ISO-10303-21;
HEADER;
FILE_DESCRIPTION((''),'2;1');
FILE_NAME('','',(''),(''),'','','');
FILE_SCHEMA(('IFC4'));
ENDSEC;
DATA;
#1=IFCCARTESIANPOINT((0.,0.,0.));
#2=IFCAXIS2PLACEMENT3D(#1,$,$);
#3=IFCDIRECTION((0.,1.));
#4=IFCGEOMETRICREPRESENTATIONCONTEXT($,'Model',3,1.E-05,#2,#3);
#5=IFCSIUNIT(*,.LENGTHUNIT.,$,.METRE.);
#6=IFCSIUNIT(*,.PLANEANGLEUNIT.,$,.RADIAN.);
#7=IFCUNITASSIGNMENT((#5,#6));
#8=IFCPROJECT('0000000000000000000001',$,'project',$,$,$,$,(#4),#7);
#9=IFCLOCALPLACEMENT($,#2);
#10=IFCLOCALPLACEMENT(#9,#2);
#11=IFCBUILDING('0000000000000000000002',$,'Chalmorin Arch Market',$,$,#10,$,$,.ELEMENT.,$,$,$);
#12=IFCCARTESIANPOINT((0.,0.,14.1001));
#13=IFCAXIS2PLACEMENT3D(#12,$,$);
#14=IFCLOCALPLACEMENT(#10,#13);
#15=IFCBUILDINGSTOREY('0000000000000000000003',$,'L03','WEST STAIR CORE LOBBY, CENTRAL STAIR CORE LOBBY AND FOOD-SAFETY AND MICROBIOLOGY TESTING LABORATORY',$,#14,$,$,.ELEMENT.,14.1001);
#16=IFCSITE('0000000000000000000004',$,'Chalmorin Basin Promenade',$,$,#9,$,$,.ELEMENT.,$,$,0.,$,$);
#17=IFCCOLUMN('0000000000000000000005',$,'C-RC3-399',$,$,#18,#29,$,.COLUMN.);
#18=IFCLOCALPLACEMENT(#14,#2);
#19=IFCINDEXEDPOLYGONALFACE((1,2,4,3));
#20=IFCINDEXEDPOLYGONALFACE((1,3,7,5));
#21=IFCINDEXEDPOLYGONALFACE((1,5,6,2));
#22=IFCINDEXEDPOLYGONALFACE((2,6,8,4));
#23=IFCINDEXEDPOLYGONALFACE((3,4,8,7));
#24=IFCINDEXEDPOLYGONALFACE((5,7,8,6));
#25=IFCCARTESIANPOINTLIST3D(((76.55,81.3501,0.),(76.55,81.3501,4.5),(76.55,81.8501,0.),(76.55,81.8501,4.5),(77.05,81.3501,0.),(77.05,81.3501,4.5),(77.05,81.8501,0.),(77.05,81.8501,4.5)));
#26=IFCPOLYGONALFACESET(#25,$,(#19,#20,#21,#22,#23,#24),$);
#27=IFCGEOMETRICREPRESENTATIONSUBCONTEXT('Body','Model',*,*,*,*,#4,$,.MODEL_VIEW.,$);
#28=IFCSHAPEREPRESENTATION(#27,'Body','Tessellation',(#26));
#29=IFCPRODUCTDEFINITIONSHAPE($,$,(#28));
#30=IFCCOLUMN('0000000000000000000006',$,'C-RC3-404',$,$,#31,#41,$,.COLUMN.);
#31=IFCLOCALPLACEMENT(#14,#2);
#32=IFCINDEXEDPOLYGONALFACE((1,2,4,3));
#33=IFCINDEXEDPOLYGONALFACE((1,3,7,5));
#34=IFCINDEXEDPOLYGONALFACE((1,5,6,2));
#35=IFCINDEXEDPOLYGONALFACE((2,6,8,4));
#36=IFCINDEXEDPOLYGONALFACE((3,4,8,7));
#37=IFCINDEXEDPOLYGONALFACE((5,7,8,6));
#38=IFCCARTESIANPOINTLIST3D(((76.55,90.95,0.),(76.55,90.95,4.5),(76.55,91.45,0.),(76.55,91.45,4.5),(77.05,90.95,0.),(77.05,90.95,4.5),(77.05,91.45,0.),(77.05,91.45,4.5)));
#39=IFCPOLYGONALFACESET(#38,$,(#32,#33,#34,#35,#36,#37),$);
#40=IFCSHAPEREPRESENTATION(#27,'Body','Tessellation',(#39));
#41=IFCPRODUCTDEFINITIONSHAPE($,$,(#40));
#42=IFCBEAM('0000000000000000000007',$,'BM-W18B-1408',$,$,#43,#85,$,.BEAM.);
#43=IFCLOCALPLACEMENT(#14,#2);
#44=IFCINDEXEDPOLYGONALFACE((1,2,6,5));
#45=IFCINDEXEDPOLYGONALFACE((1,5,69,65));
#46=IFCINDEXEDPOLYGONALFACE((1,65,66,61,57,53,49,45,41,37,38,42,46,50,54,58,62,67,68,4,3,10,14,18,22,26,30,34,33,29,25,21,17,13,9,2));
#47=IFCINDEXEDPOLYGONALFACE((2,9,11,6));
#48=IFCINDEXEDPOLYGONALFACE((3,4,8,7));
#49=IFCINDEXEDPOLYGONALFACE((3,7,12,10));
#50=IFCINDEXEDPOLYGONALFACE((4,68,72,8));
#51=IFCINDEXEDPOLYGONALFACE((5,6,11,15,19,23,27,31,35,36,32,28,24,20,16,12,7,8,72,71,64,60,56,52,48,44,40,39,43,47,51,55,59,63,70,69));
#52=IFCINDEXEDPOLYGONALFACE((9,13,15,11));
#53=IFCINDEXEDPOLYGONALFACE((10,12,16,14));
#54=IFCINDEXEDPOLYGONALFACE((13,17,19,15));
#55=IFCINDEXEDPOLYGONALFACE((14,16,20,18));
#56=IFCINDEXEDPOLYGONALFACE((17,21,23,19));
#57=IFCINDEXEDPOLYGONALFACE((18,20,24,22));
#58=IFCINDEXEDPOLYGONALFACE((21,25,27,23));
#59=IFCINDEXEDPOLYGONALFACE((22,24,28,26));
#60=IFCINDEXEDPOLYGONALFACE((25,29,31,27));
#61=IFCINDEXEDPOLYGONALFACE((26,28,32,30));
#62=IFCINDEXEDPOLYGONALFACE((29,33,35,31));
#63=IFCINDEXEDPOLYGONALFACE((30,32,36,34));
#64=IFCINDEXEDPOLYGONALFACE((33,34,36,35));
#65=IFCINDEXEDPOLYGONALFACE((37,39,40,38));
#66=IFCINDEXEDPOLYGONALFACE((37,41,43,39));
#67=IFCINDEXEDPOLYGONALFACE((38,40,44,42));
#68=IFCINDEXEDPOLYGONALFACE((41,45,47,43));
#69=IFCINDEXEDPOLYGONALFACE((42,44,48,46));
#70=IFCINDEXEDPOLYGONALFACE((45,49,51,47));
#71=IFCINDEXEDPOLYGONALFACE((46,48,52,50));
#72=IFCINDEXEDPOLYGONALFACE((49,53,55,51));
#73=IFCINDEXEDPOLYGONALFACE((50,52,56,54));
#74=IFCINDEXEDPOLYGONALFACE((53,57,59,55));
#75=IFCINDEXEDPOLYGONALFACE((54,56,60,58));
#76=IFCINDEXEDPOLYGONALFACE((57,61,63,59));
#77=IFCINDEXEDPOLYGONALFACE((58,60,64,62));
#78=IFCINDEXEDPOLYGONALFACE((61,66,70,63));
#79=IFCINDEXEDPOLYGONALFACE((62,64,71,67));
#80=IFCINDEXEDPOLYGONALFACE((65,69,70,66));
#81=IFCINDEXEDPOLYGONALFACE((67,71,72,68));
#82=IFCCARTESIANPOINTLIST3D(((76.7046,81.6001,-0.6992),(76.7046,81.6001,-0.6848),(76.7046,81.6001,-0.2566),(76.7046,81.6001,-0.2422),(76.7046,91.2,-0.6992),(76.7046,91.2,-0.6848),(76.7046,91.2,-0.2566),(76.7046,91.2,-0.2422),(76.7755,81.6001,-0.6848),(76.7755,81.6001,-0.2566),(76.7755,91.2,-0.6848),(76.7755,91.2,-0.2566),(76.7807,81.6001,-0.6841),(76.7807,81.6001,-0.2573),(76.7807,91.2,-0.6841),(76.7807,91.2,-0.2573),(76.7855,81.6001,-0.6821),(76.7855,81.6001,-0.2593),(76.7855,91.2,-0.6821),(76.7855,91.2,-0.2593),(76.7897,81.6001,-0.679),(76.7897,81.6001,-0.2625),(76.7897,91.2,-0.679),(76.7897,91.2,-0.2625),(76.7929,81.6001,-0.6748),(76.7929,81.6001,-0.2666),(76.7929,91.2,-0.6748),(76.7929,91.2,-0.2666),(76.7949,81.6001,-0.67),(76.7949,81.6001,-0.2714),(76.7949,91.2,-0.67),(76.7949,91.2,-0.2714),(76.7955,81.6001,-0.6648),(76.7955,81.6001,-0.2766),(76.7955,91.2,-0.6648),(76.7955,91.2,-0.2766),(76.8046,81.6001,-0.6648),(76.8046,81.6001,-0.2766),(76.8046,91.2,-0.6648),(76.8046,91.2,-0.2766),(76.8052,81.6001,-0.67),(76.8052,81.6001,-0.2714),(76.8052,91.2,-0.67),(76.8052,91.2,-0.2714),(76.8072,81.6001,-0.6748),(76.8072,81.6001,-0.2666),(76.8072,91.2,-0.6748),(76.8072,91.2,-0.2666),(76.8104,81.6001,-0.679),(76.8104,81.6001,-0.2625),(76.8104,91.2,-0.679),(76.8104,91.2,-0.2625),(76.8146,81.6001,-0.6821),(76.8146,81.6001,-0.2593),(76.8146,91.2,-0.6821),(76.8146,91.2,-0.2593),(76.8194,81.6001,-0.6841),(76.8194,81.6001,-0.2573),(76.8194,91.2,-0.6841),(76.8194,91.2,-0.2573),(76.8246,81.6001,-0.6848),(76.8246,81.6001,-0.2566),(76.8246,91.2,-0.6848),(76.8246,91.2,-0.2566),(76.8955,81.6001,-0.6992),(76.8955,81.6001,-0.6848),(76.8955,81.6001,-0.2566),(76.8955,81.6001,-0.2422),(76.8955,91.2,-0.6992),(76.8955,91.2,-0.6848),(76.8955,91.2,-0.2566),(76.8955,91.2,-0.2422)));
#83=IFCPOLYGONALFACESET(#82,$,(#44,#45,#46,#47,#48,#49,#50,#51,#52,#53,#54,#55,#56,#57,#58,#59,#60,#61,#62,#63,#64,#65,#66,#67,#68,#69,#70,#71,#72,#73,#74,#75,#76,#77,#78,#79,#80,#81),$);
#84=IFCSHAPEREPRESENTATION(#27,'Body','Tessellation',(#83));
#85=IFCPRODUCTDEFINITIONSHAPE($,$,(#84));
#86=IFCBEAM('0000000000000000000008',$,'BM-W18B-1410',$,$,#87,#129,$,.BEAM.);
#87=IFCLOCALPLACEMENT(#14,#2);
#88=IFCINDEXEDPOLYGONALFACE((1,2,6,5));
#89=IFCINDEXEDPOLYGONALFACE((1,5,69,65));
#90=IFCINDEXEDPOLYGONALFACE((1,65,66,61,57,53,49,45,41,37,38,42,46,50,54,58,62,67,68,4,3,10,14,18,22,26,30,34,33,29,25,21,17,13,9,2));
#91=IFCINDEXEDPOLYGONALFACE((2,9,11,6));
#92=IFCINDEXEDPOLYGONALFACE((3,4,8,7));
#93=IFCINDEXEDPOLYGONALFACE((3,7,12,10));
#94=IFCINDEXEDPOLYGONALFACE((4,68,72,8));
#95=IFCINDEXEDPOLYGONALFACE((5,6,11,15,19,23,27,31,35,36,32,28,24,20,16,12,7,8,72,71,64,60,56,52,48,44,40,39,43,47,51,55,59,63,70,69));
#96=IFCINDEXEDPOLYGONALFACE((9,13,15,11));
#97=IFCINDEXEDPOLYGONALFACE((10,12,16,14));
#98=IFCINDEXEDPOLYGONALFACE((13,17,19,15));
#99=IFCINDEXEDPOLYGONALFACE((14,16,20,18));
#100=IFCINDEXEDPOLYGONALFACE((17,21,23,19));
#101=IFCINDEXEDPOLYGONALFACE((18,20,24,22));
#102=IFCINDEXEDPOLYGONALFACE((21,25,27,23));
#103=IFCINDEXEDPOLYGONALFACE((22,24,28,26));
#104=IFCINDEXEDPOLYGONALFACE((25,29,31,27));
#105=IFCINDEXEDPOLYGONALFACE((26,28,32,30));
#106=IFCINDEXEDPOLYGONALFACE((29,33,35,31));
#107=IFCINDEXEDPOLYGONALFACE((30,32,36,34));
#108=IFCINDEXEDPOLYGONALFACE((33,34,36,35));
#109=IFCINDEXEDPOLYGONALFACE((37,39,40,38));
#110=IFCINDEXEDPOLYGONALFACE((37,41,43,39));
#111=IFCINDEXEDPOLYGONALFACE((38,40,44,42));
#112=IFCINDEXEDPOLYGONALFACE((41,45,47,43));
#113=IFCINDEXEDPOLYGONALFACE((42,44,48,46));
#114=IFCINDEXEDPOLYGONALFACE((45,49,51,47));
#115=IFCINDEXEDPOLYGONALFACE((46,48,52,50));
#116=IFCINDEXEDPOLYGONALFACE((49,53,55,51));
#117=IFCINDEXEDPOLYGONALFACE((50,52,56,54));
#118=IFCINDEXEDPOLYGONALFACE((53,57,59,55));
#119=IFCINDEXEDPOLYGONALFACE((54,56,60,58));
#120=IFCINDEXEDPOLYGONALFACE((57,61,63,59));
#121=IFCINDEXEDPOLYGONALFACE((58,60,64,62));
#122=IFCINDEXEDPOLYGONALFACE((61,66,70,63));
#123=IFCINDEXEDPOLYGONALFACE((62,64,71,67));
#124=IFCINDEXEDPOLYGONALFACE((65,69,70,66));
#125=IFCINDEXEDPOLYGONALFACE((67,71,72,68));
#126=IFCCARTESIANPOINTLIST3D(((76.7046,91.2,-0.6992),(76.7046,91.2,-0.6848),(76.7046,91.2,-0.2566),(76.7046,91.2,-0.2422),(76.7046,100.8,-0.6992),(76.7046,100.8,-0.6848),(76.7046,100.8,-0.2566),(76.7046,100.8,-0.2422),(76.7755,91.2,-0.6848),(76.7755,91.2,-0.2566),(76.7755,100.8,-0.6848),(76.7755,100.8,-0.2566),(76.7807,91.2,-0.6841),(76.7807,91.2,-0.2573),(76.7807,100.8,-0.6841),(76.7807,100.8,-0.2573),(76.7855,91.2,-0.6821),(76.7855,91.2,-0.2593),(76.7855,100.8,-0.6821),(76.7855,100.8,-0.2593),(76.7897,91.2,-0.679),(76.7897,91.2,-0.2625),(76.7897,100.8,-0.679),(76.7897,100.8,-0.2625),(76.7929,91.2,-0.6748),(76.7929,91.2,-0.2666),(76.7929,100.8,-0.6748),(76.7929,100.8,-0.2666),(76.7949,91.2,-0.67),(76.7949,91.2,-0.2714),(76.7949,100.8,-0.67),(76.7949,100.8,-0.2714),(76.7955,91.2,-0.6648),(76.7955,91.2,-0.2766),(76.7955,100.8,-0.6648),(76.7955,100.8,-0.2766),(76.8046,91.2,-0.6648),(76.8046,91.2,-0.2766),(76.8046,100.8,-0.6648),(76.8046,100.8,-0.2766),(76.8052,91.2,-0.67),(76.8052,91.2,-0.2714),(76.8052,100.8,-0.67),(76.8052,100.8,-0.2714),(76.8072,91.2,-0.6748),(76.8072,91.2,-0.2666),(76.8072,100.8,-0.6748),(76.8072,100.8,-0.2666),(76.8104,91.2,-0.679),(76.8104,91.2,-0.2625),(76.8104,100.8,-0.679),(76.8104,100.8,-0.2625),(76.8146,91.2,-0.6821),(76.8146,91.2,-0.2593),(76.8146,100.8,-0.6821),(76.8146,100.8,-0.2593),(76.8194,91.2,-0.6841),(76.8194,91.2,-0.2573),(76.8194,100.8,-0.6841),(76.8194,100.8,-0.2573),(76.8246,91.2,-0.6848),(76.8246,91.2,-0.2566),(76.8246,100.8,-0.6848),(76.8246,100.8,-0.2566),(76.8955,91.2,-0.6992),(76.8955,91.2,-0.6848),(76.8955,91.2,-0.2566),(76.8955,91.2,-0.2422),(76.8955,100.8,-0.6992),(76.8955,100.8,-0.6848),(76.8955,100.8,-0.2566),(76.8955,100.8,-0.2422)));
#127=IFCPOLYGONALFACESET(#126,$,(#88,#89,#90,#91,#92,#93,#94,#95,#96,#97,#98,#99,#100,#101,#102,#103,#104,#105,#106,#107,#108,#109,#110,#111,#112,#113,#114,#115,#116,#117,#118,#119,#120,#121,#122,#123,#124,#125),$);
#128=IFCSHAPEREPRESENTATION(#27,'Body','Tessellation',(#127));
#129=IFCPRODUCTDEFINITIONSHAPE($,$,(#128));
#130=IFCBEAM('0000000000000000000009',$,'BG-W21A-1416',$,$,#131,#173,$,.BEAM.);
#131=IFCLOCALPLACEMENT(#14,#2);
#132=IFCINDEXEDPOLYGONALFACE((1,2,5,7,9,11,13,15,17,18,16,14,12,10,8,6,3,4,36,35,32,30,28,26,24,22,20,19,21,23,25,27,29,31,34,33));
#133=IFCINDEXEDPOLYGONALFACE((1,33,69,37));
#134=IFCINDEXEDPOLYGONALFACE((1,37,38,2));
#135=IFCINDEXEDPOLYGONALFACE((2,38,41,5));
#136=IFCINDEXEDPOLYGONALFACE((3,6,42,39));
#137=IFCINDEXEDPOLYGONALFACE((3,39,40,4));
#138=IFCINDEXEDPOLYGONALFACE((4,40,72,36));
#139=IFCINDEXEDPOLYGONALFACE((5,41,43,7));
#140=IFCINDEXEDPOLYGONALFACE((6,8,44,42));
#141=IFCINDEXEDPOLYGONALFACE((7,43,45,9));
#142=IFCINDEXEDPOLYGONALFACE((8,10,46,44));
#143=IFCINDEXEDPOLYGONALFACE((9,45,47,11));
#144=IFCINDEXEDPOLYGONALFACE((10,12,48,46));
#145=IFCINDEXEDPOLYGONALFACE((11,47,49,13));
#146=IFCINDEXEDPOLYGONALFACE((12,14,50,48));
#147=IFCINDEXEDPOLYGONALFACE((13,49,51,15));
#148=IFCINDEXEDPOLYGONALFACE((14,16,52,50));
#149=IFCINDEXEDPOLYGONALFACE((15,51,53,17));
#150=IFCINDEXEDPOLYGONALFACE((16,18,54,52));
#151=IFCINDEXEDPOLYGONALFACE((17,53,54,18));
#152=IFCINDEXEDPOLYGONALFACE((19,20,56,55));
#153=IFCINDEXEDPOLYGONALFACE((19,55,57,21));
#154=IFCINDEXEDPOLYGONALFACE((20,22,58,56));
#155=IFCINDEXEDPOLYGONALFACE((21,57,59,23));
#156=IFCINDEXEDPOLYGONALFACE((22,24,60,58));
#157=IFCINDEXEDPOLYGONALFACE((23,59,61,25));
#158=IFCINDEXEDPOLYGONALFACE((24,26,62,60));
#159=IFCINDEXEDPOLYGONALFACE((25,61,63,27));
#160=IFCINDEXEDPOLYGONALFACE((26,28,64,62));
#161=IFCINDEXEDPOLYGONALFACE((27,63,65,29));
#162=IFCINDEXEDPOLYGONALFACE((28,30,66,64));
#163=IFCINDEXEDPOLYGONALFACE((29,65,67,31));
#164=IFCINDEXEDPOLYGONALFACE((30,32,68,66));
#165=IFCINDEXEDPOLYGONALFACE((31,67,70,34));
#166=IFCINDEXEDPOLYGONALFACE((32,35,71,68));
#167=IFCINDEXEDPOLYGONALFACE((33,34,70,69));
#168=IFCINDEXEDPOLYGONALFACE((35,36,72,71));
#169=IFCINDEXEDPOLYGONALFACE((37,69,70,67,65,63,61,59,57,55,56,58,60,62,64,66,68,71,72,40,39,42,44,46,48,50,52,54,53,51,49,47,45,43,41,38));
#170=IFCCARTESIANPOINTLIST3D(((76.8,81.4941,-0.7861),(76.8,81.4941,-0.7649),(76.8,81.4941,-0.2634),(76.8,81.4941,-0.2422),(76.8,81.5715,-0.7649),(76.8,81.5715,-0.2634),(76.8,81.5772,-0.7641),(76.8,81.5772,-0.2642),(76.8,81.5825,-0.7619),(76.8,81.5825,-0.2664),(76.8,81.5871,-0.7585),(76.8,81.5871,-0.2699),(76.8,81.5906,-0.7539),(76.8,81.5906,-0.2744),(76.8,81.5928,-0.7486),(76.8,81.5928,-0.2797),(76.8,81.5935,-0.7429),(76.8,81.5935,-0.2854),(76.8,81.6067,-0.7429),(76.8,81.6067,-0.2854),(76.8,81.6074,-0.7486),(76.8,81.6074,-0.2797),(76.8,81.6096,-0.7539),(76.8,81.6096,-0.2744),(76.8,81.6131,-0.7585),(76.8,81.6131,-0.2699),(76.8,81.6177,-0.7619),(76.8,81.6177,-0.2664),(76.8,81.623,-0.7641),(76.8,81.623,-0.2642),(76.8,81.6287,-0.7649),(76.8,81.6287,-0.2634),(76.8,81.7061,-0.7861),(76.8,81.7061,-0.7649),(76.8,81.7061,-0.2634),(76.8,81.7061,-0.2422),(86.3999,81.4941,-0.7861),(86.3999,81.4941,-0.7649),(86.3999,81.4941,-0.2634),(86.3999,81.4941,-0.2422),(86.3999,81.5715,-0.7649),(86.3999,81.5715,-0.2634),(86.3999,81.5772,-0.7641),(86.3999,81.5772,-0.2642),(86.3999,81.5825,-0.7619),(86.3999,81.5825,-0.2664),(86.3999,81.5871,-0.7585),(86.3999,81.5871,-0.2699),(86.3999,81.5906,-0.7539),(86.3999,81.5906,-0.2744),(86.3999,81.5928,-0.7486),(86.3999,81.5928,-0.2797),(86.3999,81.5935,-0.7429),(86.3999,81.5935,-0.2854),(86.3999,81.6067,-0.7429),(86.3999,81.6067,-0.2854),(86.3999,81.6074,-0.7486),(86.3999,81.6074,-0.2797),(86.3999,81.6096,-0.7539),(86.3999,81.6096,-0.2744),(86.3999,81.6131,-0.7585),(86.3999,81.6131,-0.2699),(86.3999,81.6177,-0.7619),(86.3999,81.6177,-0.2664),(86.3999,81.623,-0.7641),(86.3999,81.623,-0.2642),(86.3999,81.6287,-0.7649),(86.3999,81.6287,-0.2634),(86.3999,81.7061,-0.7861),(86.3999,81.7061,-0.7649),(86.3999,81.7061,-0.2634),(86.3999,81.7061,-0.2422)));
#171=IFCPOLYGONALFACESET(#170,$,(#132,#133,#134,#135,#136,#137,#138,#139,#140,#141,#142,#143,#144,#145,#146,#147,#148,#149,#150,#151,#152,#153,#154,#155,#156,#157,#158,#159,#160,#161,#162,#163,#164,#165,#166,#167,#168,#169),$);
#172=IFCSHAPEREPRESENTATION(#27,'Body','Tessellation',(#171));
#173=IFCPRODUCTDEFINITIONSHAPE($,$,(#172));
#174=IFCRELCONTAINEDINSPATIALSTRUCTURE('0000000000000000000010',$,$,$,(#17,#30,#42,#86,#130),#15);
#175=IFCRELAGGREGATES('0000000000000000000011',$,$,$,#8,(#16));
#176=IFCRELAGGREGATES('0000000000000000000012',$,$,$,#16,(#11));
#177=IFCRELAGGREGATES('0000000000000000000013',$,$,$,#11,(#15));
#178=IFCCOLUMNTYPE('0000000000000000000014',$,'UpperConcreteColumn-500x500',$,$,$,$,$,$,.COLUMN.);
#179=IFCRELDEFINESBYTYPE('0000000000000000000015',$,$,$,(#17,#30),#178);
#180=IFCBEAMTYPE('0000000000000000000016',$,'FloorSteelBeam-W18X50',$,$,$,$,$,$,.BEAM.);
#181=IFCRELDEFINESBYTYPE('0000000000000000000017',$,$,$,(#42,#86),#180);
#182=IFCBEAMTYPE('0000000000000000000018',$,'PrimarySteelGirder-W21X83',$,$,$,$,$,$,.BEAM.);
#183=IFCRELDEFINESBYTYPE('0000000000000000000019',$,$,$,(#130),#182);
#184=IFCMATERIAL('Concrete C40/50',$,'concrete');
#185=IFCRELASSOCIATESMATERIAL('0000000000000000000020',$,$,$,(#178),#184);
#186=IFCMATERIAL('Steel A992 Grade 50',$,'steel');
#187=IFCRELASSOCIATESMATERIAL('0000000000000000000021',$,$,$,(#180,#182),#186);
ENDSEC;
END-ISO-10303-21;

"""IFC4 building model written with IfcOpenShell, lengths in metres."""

from ifc_helpers import new_model, si_unit, direction, frame, origin, origin_2d, place, context, subcontext, project, spatial, rectangle, i_section, extrude, material, material_profile, profile_set, type_object, element, save


model = new_model("IFC4")

# Units and contexts
model_context = context("Model", 3, precision=1e-05, world=origin(), true_north=direction((0.0, 1.0)))
body_context = subcontext(model_context, "Body", "Model", "MODEL_VIEW")
ifc_project = project(units=[si_unit("LENGTHUNIT", "METRE"), si_unit("PLANEANGLEUNIT", "RADIAN")], contexts=[model_context])

# Site, building, storey
site_placement = place(None, origin())
site = spatial("IfcSite", under=ifc_project, at=site_placement, Name="Chalmorin Basin Promenade", CompositionType="ELEMENT", RefElevation=0.0)
building_placement = place(site_placement, origin())
building = spatial("IfcBuilding", under=site, at=building_placement, Name="Chalmorin Arch Market", CompositionType="ELEMENT")
storey_placement = place(building_placement, frame((0.0, 0.0, 14.1001)))
storey = spatial("IfcBuildingStorey", under=building, at=storey_placement, Name="L03", Description="WEST STAIR CORE LOBBY, CENTRAL STAIR CORE LOBBY AND FOOD-SAFETY AND MICROBIOLOGY TESTING LABORATORY", CompositionType="ELEMENT", Elevation=14.1001)

# Columns
ifc_material_1 = material(Name="Concrete C40/50", Category="concrete")
ifc_material_profile_1 = material_profile(ifc_material_1, rectangle(XDim=0.5, YDim=0.5, at=origin_2d()), Name="RC500X500")
ifc_profile_set_1 = profile_set([ifc_material_profile_1], Name="Concrete C40/50")
column_type = type_object("IfcColumnType", Name="UpperConcreteColumn-500x500", PredefinedType="COLUMN", material=ifc_profile_set_1)
for number, where, z_axis, x_axis, name in (
    (1, (76.8, 81.6001, 0.0), (0.0, 0.0, 1.0), (1.0, 0.0, 0.0), "C-RC3-399"),
    (2, (76.8, 91.2, 0.0), (0.0, 0.0, 1.0), (1.0, 0.0, 0.0), "C-RC3-404"),
):
    element("IfcColumn", number, at=place(storey_placement, frame(where, z_axis=z_axis, x_axis=x_axis)), inside=storey, type_object=column_type, Name=name, PredefinedType="COLUMN", context=body_context, shape_type="SweptSolid", body=[
        extrude(rectangle(XDim=0.5, YDim=0.5, at=origin_2d()), origin(), (0.0, 0.0, 1.0), 4.5),
    ])

# Beams
ifc_material_2 = material(Name="Steel A992 Grade 50", Category="steel")
ifc_material_profile_2 = material_profile(ifc_material_2, i_section(OverallWidth=0.1909, OverallDepth=0.457, WebThickness=0.009, FlangeThickness=0.0144, FilletRadius=0.02, at=origin_2d()), Name="W18X50")
ifc_profile_set_2 = profile_set([ifc_material_profile_2], Name="Steel A992 Grade 50")
beam_type_1 = type_object("IfcBeamType", Name="FloorSteelBeam-W18X50", PredefinedType="BEAM", material=ifc_profile_set_2)
beam_1_placement = place(storey_placement, frame((76.8, 81.6001, -0.4707), z_axis=(0.0, 1.0, 0.0), x_axis=(-1.0, 0.0, 0.0)))
element("IfcBeam", 3, at=beam_1_placement, inside=storey, type_object=beam_type_1, Name="BM-W18B-1408", PredefinedType="BEAM", context=body_context, shape_type="SweptSolid", body=[
    extrude(i_section(OverallWidth=0.1909, OverallDepth=0.457, WebThickness=0.009, FlangeThickness=0.0144, FilletRadius=0.02, at=origin_2d()), origin(), (0.0, 0.0, 1.0), 9.5999),
])
beam_2_placement = place(storey_placement, frame((76.8, 91.2, -0.4707), z_axis=(0.0, 1.0, 0.0), x_axis=(-1.0, 0.0, 0.0)))
element("IfcBeam", 4, at=beam_2_placement, inside=storey, type_object=beam_type_1, Name="BM-W18B-1410", PredefinedType="BEAM", context=body_context, shape_type="SweptSolid", body=[
    extrude(i_section(OverallWidth=0.1909, OverallDepth=0.457, WebThickness=0.009, FlangeThickness=0.0144, FilletRadius=0.02, at=origin_2d()), origin(), (0.0, 0.0, 1.0), 9.6001),
])
ifc_material_profile_3 = material_profile(ifc_material_2, i_section(OverallWidth=0.2119, OverallDepth=0.5439, WebThickness=0.0132, FlangeThickness=0.0212, FilletRadius=0.022, at=origin_2d()), Name="W21X83")
ifc_profile_set_3 = profile_set([ifc_material_profile_3], Name="Steel A992 Grade 50")
beam_type_2 = type_object("IfcBeamType", Name="PrimarySteelGirder-W21X83", PredefinedType="BEAM", material=ifc_profile_set_3)
for number, where, z_axis, x_axis, name in (
    (5, (76.8, 81.6001, -0.5142), (1.0, 0.0, 0.0), (0.0, 1.0, 0.0), "BG-W21A-1416"),
):
    element("IfcBeam", number, at=place(storey_placement, frame(where, z_axis=z_axis, x_axis=x_axis)), inside=storey, type_object=beam_type_2, Name=name, PredefinedType="BEAM", context=body_context, shape_type="SweptSolid", body=[
        extrude(i_section(OverallWidth=0.2119, OverallDepth=0.5439, WebThickness=0.0132, FlangeThickness=0.0212, FilletRadius=0.022, at=origin_2d()), origin(), (0.0, 0.0, 1.0), 9.5999),
    ])

save(model, "model.ifc")
